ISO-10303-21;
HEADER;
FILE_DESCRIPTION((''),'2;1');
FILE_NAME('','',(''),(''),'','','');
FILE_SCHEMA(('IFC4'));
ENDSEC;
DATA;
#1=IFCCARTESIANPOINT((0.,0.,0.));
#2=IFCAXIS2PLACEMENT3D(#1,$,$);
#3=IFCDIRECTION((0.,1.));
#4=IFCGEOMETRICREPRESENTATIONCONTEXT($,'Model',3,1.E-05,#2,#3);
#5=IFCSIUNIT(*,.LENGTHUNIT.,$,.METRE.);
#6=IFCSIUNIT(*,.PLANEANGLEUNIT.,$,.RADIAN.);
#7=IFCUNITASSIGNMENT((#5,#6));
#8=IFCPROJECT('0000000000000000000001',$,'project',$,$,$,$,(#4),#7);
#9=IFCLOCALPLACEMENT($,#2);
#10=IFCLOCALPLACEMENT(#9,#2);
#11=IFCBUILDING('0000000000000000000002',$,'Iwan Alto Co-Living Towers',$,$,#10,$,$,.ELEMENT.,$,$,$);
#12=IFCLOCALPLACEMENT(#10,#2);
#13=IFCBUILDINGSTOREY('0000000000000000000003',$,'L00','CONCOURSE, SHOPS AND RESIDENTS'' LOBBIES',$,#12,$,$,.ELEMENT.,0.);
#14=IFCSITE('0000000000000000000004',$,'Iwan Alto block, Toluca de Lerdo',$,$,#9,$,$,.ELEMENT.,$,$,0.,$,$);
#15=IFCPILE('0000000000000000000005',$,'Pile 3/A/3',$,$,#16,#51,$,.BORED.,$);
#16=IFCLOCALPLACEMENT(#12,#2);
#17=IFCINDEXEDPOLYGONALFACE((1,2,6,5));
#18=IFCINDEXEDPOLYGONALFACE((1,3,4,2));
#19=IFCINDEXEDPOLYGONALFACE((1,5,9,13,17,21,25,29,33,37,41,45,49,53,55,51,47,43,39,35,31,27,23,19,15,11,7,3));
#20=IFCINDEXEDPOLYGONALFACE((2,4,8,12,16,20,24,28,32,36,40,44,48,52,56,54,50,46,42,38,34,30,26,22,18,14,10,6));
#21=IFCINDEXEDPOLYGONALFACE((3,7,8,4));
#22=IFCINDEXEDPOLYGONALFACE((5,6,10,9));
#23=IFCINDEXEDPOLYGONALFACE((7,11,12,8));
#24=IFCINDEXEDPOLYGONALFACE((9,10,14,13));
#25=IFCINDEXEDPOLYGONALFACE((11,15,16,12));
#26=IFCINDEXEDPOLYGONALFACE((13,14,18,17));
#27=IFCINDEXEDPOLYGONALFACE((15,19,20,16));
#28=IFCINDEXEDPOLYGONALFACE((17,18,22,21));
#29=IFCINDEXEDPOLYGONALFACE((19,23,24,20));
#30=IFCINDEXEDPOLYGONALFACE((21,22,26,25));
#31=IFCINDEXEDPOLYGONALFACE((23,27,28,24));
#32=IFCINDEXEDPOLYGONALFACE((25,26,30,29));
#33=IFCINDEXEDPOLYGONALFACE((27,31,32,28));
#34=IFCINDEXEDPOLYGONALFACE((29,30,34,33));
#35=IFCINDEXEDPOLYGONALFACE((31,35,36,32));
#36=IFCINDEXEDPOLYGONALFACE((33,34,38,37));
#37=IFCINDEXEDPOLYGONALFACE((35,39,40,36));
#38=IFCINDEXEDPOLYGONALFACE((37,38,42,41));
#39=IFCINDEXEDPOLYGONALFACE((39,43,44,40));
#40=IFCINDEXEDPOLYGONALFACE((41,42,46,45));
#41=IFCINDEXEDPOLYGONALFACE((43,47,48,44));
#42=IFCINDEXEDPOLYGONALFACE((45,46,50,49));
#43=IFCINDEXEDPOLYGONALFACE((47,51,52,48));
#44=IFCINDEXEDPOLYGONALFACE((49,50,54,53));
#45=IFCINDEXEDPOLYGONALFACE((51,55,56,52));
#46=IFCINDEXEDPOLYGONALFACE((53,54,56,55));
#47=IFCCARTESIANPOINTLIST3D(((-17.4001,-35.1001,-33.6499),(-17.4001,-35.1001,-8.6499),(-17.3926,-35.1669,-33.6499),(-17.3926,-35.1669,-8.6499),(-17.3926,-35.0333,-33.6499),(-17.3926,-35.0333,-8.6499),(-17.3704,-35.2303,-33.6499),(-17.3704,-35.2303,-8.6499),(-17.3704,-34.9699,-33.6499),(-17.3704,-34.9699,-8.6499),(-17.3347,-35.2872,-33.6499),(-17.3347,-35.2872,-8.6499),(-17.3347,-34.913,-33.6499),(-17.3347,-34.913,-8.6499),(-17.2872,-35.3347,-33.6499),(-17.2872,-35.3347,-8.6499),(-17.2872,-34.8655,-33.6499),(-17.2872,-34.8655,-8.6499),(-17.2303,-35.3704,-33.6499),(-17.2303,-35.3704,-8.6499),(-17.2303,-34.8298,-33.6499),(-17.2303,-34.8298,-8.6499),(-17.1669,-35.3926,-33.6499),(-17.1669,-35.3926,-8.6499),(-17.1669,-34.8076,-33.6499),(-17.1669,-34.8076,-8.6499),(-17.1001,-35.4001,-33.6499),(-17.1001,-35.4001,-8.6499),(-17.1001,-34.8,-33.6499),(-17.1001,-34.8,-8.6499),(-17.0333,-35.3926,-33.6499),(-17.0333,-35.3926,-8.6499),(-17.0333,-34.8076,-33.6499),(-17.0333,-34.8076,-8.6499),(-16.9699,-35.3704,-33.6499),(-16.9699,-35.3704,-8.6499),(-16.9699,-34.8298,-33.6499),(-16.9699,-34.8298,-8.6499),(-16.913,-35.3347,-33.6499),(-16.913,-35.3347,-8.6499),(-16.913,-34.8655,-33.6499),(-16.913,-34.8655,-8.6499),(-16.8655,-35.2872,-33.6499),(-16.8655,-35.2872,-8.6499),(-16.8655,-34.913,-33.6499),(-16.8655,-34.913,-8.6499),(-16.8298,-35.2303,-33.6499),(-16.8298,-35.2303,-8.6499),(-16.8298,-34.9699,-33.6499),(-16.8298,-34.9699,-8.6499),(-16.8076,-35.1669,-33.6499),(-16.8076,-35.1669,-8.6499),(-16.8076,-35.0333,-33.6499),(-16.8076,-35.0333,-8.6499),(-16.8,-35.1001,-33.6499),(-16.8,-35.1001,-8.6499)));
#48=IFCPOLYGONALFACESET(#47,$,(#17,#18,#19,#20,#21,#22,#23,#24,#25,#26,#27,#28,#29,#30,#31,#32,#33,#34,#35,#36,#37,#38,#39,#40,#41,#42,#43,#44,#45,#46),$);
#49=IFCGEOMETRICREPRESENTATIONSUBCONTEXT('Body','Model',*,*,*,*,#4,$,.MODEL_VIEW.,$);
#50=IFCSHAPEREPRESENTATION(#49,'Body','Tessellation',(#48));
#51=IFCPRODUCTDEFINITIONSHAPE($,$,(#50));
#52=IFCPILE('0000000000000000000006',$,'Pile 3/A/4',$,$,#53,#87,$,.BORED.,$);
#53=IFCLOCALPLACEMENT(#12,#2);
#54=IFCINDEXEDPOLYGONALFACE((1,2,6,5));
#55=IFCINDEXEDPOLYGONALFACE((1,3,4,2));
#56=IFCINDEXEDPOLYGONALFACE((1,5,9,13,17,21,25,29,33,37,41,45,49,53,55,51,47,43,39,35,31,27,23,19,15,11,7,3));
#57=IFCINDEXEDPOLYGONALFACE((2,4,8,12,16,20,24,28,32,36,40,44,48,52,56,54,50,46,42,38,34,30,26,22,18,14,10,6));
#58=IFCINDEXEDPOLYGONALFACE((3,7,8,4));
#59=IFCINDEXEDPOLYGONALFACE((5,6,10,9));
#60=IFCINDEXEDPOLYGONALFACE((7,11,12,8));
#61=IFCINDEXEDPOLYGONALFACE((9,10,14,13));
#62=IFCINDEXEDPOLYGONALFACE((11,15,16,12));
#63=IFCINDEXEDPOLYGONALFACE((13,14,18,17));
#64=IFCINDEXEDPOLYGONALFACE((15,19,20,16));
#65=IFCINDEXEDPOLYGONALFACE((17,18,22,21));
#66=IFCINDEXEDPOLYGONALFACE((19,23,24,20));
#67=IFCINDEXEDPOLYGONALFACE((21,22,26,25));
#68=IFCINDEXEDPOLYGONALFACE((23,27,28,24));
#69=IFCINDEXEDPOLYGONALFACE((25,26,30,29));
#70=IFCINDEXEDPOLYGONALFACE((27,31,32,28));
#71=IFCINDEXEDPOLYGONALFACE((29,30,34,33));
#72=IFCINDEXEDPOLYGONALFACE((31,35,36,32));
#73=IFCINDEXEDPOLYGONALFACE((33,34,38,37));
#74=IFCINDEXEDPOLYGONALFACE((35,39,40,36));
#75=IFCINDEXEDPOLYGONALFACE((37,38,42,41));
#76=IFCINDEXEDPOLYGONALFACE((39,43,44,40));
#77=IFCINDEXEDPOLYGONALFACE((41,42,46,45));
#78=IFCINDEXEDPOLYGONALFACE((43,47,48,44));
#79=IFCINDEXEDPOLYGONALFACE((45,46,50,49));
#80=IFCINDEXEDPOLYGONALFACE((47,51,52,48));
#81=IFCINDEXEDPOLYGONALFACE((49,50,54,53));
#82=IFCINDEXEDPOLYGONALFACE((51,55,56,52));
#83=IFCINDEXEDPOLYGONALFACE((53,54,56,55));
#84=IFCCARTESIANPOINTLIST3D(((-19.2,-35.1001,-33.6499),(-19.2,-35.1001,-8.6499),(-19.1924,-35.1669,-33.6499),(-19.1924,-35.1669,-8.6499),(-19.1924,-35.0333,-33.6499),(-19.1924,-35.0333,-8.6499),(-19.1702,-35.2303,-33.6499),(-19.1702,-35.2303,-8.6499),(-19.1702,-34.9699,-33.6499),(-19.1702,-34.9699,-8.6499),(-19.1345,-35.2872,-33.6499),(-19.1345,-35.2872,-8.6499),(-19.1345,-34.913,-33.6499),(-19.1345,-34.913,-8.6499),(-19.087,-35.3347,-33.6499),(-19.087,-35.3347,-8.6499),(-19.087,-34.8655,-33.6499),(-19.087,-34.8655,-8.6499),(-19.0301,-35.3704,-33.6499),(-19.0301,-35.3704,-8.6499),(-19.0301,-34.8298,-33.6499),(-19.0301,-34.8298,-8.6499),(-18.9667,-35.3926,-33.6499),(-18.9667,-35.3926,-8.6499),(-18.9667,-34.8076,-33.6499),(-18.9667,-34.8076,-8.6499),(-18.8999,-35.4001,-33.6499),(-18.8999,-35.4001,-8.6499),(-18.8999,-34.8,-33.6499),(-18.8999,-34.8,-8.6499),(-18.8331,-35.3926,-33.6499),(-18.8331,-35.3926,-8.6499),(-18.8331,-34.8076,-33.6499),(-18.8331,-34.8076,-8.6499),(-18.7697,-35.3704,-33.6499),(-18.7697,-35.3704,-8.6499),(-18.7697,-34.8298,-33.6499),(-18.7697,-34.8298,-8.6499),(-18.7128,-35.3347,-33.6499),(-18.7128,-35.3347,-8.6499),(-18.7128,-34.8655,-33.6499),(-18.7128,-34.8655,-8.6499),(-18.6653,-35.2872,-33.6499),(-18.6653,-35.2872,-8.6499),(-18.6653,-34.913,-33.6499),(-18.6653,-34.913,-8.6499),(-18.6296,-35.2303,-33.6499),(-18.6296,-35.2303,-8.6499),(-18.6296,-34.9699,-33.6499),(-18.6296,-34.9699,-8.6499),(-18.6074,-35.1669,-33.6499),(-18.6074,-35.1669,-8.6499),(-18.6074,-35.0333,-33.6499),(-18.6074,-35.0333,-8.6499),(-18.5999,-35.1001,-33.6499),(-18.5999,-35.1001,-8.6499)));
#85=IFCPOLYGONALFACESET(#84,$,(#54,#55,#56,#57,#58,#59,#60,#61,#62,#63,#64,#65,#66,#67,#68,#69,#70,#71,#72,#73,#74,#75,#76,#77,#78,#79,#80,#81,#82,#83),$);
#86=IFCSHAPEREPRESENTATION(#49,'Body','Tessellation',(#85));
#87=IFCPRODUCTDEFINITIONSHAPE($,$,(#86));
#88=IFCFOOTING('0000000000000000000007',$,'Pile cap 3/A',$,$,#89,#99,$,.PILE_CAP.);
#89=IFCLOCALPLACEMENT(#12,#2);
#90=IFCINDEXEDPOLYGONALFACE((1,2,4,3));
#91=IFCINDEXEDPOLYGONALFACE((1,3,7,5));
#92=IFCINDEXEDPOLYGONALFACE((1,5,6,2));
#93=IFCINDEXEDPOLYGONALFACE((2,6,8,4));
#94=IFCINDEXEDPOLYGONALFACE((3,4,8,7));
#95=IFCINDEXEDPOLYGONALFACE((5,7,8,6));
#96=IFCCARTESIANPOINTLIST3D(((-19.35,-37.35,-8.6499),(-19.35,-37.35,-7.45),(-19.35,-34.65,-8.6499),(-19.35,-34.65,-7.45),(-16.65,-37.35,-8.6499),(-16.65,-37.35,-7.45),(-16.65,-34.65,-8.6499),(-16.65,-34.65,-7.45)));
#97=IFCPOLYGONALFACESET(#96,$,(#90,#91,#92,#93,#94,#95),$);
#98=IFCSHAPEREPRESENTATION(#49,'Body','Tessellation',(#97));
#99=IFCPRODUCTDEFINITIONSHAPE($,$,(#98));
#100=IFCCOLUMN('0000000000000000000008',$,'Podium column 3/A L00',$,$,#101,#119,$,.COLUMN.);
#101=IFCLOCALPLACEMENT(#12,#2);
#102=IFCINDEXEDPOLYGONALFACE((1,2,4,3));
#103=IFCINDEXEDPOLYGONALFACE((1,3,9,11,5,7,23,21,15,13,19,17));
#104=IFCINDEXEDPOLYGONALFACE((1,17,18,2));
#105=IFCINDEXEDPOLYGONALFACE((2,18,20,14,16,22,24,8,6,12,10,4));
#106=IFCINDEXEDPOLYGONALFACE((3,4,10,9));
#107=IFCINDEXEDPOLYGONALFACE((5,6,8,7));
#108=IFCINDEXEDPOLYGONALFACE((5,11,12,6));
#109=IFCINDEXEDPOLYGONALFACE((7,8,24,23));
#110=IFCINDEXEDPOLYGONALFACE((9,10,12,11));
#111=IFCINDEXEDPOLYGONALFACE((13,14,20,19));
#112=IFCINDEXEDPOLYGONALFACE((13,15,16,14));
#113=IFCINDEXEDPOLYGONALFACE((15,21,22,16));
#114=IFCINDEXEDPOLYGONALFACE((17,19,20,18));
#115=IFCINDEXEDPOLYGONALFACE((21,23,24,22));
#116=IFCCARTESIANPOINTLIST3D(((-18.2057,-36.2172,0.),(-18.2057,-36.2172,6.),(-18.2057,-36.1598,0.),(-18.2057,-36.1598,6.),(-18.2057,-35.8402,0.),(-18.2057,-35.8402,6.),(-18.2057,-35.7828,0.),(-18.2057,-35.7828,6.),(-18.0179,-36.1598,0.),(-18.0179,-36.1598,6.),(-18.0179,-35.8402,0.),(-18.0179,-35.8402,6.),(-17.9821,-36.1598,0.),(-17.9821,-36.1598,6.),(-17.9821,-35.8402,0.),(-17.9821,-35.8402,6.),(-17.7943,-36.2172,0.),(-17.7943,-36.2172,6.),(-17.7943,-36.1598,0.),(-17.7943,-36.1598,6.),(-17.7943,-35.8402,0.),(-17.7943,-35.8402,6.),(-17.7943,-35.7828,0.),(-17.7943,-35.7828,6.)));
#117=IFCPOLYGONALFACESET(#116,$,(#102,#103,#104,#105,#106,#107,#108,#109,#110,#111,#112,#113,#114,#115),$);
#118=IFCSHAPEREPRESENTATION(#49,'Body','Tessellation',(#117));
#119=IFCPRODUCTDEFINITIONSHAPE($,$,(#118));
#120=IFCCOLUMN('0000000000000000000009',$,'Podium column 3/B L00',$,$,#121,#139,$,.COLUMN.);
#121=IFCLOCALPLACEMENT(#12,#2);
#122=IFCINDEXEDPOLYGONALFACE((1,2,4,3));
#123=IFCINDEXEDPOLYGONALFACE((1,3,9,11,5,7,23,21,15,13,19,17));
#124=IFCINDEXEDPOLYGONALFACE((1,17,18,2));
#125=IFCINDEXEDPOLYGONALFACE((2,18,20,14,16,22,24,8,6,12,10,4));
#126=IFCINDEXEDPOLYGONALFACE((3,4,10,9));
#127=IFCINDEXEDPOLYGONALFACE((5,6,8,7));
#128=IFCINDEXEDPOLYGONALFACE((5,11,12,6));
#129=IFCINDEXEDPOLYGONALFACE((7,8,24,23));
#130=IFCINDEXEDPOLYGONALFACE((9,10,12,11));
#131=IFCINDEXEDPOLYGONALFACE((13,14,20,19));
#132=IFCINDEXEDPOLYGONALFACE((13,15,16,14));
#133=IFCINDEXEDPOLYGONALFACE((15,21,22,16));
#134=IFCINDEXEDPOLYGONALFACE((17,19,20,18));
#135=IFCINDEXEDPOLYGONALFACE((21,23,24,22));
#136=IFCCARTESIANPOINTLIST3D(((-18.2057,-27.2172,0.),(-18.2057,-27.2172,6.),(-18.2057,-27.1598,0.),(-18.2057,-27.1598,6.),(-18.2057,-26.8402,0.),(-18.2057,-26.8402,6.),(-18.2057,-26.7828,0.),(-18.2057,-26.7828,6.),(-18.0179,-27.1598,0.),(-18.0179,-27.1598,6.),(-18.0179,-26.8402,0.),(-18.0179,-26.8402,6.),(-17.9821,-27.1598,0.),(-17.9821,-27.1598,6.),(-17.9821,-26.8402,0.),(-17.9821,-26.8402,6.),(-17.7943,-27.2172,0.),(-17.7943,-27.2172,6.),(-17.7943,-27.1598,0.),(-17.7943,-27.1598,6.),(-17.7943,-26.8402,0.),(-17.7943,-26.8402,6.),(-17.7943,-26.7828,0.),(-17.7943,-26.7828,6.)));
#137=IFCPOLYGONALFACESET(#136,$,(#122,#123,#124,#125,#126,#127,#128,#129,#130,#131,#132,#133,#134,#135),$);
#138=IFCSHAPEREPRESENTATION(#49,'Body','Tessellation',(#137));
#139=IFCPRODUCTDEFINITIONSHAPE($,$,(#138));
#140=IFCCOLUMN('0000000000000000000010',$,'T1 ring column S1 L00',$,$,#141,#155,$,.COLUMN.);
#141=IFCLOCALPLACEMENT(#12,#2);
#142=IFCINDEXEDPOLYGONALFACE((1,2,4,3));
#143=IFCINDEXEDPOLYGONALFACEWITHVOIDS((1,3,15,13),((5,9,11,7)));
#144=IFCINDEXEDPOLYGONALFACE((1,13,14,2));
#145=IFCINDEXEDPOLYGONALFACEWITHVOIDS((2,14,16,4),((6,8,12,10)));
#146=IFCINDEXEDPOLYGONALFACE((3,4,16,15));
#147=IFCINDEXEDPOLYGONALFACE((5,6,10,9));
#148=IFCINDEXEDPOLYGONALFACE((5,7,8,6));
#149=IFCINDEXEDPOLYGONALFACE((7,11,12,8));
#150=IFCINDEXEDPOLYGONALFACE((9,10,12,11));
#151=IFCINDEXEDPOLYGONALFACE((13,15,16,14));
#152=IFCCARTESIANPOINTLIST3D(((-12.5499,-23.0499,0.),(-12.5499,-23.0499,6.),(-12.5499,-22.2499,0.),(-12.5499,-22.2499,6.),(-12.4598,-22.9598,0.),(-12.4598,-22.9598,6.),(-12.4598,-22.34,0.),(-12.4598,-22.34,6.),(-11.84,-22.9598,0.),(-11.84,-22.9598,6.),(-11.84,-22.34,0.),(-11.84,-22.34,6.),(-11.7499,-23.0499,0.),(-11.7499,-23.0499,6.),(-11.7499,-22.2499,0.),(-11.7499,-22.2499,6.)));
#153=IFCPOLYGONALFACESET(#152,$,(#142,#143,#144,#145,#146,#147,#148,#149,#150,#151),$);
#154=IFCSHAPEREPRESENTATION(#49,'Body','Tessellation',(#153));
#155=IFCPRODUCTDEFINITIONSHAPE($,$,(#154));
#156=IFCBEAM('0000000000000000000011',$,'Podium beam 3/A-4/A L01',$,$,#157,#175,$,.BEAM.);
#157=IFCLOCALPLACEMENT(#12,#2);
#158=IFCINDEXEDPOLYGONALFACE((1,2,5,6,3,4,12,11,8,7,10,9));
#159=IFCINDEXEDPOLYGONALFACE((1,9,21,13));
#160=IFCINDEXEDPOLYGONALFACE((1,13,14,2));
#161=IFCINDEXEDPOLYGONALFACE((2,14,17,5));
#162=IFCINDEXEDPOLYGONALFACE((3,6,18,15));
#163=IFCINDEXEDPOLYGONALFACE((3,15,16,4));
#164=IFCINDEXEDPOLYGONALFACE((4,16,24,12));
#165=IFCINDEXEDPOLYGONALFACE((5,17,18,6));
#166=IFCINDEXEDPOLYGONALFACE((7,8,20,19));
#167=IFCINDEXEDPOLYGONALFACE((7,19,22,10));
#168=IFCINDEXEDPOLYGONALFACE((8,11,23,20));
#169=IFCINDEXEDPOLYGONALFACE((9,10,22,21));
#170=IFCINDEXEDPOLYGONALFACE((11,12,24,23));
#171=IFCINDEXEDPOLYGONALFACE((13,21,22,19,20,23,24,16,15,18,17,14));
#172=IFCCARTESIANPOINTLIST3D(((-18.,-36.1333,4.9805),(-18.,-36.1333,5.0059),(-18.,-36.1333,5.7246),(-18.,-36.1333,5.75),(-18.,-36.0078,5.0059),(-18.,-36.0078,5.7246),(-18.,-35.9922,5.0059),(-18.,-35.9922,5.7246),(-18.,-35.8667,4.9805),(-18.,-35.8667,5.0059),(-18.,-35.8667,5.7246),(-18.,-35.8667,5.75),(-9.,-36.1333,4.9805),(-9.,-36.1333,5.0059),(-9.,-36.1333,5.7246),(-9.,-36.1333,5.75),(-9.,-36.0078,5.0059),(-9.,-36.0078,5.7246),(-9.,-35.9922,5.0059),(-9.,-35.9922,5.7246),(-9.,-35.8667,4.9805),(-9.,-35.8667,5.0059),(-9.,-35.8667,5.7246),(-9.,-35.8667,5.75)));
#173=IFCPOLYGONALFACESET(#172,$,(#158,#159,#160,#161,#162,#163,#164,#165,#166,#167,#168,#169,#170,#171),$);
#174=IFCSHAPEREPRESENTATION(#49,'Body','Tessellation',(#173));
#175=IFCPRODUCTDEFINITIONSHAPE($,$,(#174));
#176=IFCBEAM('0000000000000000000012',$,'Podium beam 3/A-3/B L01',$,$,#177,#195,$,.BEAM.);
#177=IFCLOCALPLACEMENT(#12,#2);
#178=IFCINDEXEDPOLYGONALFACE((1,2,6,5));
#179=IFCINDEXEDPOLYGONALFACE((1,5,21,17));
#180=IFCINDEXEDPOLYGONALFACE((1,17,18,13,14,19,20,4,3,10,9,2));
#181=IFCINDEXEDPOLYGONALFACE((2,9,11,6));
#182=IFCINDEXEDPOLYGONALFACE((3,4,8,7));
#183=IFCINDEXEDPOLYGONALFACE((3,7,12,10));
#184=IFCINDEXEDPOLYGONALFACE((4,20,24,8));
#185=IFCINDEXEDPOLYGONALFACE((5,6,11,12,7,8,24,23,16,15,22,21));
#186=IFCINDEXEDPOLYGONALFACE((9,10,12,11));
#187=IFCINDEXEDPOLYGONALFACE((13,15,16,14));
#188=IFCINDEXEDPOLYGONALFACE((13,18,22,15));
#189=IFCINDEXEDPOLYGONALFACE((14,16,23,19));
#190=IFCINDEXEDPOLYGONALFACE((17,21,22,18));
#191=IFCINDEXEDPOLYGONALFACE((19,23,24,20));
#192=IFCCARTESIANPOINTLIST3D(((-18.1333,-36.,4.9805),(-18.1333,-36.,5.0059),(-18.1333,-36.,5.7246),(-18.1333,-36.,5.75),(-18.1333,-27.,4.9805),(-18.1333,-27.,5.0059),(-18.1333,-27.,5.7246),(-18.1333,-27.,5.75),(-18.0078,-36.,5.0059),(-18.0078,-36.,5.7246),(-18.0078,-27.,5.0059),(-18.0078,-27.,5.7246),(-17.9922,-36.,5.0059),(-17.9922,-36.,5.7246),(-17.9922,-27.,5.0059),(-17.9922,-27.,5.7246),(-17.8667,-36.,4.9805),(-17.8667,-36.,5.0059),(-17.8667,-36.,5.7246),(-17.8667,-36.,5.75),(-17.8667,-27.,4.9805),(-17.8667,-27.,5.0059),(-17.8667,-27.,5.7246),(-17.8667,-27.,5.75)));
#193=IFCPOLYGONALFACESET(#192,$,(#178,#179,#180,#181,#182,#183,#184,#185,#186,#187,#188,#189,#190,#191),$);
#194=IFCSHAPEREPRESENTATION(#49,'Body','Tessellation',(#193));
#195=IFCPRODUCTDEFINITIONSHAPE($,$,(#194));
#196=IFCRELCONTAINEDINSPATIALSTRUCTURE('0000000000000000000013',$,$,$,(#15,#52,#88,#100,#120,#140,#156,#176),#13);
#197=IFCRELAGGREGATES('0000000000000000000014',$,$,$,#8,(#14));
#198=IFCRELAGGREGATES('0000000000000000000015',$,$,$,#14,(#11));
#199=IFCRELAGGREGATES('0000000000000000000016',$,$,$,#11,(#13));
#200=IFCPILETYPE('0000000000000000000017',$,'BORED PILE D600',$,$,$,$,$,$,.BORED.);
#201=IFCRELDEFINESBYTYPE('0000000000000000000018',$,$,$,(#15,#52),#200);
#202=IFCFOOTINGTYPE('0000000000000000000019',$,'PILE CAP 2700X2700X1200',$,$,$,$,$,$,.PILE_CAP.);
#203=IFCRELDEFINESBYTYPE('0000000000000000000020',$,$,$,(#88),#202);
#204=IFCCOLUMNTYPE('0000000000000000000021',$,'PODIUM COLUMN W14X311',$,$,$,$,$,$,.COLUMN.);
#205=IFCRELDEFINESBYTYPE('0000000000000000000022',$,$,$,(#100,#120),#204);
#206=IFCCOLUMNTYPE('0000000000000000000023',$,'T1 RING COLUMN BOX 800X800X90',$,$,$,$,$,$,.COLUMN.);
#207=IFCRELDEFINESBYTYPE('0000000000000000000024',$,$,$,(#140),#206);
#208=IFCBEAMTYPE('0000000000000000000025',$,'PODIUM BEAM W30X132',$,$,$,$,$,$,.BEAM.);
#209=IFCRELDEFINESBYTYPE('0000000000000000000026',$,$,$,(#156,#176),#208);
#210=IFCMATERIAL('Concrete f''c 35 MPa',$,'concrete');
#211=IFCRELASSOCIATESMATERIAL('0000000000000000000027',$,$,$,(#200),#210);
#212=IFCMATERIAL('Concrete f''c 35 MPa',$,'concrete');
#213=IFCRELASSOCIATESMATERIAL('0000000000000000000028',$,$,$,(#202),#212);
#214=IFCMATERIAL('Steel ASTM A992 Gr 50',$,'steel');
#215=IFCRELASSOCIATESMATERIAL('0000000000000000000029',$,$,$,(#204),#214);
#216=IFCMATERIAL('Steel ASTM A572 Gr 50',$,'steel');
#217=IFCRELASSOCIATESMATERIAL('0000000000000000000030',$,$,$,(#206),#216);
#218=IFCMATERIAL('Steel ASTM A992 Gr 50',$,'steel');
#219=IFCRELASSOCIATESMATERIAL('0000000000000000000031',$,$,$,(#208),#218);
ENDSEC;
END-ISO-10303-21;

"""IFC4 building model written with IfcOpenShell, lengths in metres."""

from ifc_helpers import new_model, si_unit, direction, frame, origin, origin_2d, place, context, subcontext, project, spatial, rectangle, hollow_rectangle, circle, i_section, extrude, material, material_profile, profile_set, type_object, element, save


model = new_model("IFC4")

# Units and contexts
model_context = context("Model", 3, precision=1e-05, world=origin(), true_north=direction((0.0, 1.0)))
body_context = subcontext(model_context, "Body", "Model", "MODEL_VIEW")
ifc_project = project(units=[si_unit("LENGTHUNIT", "METRE"), si_unit("PLANEANGLEUNIT", "RADIAN")], contexts=[model_context])

# Site, building, storey
site_placement = place(None, origin())
site = spatial("IfcSite", under=ifc_project, at=site_placement, Name="Iwan Alto block, Toluca de Lerdo", CompositionType="ELEMENT", RefElevation=0.0)
building_placement = place(site_placement, origin())
building = spatial("IfcBuilding", under=site, at=building_placement, Name="Iwan Alto Co-Living Towers", CompositionType="ELEMENT")
storey_placement = place(building_placement, origin())
storey = spatial("IfcBuildingStorey", under=building, at=storey_placement, Name="L00", Description="CONCOURSE, SHOPS AND RESIDENTS' LOBBIES", CompositionType="ELEMENT", Elevation=0.0)

# Piles
ifc_material_1 = material(Name="Concrete f'c 35 MPa", Category="concrete")
ifc_material_profile_1 = material_profile(ifc_material_1, circle(Radius=0.3, at=origin_2d()), Name="D600")
ifc_profile_set_1 = profile_set([ifc_material_profile_1], Name="Concrete f'c 35 MPa")
pile_type_1 = type_object("IfcPileType", Name="BORED PILE D600", PredefinedType="BORED", material=ifc_profile_set_1)
for number, where, z_axis, x_axis, name in (
    (1, (-17.1001, -35.1001, -8.6499), (0.0, 0.0, -1.0), (1.0, 0.0, 0.0), "Pile 3/A/3"),
    (2, (-18.8999, -35.1001, -8.6499), (0.0, 0.0, -1.0), (1.0, 0.0, 0.0), "Pile 3/A/4"),
):
    element("IfcPile", number, at=place(storey_placement, frame(where, z_axis=z_axis, x_axis=x_axis)), inside=storey, type_object=pile_type_1, Name=name, PredefinedType="BORED", context=body_context, shape_type="SweptSolid", body=[
        extrude(circle(Radius=0.3, at=origin_2d()), origin(), (0.0, 0.0, 1.0), 25.0),
    ])

# Footing
ifc_material_2 = material(Name="Concrete f'c 35 MPa", Category="concrete")
footing_type = type_object("IfcFootingType", Name="PILE CAP 2700X2700X1200", PredefinedType="PILE_CAP", material=ifc_material_2)
footing_placement = place(storey_placement, frame((-18.0, -36.0, -8.6499), z_axis=(0.0, 0.0, 1.0), x_axis=(1.0, 0.0, 0.0)))
element("IfcFooting", 3, at=footing_placement, inside=storey, type_object=footing_type, Name="Pile cap 3/A", PredefinedType="PILE_CAP", context=body_context, shape_type="SweptSolid", body=[
    extrude(rectangle(XDim=2.7, YDim=2.7, at=origin_2d()), origin(), (0.0, 0.0, 1.0), 1.2),
])

# Columns
ifc_material_3 = material(Name="Steel ASTM A992 Gr 50", Category="steel")
ifc_material_profile_2 = material_profile(ifc_material_3, i_section(OverallWidth=0.4114, OverallDepth=0.4343, WebThickness=0.0359, FlangeThickness=0.0574, at=origin_2d()), Name="W14X311")
ifc_profile_set_2 = profile_set([ifc_material_profile_2], Name="Steel ASTM A992 Gr 50")
column_type_1 = type_object("IfcColumnType", Name="PODIUM COLUMN W14X311", PredefinedType="COLUMN", material=ifc_profile_set_2)
for number, where, z_axis, x_axis, name in (
    (4, (-18.0, -36.0, 0.0), (0.0, 0.0, 1.0), (1.0, 0.0, 0.0), "Podium column 3/A L00"),
    (5, (-18.0, -27.0, 0.0), (0.0, 0.0, 1.0), (1.0, 0.0, 0.0), "Podium column 3/B L00"),
):
    element("IfcColumn", number, at=place(storey_placement, frame(where, z_axis=z_axis, x_axis=x_axis)), inside=storey, type_object=column_type_1, Name=name, PredefinedType="COLUMN", context=body_context, shape_type="SweptSolid", body=[
        extrude(i_section(OverallWidth=0.4114, OverallDepth=0.4343, WebThickness=0.0359, FlangeThickness=0.0574, at=origin_2d()), origin(), (0.0, 0.0, 1.0), 6.0),
    ])
ifc_material_4 = material(Name="Steel ASTM A572 Gr 50", Category="steel")
ifc_material_profile_3 = material_profile(ifc_material_4, hollow_rectangle(XDim=0.8, YDim=0.8, WallThickness=0.0901, at=origin_2d()), Name="BOX 800X800X90")
ifc_profile_set_3 = profile_set([ifc_material_profile_3], Name="Steel ASTM A572 Gr 50")
column_type_2 = type_object("IfcColumnType", Name="T1 RING COLUMN BOX 800X800X90", PredefinedType="COLUMN", material=ifc_profile_set_3)
column_placement = place(storey_placement, frame((-12.1499, -22.6499, 0.0), z_axis=(0.0, 0.0, 1.0), x_axis=(1.0, 0.0, 0.0)))
element("IfcColumn", 6, at=column_placement, inside=storey, type_object=column_type_2, Name="T1 ring column S1 L00", PredefinedType="COLUMN", context=body_context, shape_type="SweptSolid", body=[
    extrude(hollow_rectangle(XDim=0.8, YDim=0.8, WallThickness=0.0901, at=origin_2d()), origin(), (0.0, 0.0, 1.0), 6.0),
])

# Beams
ifc_material_5 = material(Name="Steel ASTM A992 Gr 50", Category="steel")
ifc_material_profile_4 = material_profile(ifc_material_5, i_section(OverallWidth=0.2666, OverallDepth=0.7695, WebThickness=0.0156, FlangeThickness=0.0254, at=origin_2d()), Name="W30X132")
ifc_profile_set_4 = profile_set([ifc_material_profile_4], Name="Steel ASTM A992 Gr 50")
beam_type_1 = type_object("IfcBeamType", Name="PODIUM BEAM W30X132", PredefinedType="BEAM", material=ifc_profile_set_4)
for number, where, z_axis, x_axis, name in (
    (7, (-18.0, -36.0, 5.3652), (1.0, 0.0, 0.0), (0.0, 1.0, 0.0), "Podium beam 3/A-4/A L01"),
    (8, (-18.0, -36.0, 5.3652), (0.0, 1.0, 0.0), (-1.0, 0.0, 0.0), "Podium beam 3/A-3/B L01"),
):
    element("IfcBeam", number, at=place(storey_placement, frame(where, z_axis=z_axis, x_axis=x_axis)), inside=storey, type_object=beam_type_1, Name=name, PredefinedType="BEAM", context=body_context, shape_type="SweptSolid", body=[
        extrude(i_section(OverallWidth=0.2666, OverallDepth=0.7695, WebThickness=0.0156, FlangeThickness=0.0254, at=origin_2d()), origin(), (0.0, 0.0, 1.0), 9.0),
    ])

save(model, "model.ifc")
